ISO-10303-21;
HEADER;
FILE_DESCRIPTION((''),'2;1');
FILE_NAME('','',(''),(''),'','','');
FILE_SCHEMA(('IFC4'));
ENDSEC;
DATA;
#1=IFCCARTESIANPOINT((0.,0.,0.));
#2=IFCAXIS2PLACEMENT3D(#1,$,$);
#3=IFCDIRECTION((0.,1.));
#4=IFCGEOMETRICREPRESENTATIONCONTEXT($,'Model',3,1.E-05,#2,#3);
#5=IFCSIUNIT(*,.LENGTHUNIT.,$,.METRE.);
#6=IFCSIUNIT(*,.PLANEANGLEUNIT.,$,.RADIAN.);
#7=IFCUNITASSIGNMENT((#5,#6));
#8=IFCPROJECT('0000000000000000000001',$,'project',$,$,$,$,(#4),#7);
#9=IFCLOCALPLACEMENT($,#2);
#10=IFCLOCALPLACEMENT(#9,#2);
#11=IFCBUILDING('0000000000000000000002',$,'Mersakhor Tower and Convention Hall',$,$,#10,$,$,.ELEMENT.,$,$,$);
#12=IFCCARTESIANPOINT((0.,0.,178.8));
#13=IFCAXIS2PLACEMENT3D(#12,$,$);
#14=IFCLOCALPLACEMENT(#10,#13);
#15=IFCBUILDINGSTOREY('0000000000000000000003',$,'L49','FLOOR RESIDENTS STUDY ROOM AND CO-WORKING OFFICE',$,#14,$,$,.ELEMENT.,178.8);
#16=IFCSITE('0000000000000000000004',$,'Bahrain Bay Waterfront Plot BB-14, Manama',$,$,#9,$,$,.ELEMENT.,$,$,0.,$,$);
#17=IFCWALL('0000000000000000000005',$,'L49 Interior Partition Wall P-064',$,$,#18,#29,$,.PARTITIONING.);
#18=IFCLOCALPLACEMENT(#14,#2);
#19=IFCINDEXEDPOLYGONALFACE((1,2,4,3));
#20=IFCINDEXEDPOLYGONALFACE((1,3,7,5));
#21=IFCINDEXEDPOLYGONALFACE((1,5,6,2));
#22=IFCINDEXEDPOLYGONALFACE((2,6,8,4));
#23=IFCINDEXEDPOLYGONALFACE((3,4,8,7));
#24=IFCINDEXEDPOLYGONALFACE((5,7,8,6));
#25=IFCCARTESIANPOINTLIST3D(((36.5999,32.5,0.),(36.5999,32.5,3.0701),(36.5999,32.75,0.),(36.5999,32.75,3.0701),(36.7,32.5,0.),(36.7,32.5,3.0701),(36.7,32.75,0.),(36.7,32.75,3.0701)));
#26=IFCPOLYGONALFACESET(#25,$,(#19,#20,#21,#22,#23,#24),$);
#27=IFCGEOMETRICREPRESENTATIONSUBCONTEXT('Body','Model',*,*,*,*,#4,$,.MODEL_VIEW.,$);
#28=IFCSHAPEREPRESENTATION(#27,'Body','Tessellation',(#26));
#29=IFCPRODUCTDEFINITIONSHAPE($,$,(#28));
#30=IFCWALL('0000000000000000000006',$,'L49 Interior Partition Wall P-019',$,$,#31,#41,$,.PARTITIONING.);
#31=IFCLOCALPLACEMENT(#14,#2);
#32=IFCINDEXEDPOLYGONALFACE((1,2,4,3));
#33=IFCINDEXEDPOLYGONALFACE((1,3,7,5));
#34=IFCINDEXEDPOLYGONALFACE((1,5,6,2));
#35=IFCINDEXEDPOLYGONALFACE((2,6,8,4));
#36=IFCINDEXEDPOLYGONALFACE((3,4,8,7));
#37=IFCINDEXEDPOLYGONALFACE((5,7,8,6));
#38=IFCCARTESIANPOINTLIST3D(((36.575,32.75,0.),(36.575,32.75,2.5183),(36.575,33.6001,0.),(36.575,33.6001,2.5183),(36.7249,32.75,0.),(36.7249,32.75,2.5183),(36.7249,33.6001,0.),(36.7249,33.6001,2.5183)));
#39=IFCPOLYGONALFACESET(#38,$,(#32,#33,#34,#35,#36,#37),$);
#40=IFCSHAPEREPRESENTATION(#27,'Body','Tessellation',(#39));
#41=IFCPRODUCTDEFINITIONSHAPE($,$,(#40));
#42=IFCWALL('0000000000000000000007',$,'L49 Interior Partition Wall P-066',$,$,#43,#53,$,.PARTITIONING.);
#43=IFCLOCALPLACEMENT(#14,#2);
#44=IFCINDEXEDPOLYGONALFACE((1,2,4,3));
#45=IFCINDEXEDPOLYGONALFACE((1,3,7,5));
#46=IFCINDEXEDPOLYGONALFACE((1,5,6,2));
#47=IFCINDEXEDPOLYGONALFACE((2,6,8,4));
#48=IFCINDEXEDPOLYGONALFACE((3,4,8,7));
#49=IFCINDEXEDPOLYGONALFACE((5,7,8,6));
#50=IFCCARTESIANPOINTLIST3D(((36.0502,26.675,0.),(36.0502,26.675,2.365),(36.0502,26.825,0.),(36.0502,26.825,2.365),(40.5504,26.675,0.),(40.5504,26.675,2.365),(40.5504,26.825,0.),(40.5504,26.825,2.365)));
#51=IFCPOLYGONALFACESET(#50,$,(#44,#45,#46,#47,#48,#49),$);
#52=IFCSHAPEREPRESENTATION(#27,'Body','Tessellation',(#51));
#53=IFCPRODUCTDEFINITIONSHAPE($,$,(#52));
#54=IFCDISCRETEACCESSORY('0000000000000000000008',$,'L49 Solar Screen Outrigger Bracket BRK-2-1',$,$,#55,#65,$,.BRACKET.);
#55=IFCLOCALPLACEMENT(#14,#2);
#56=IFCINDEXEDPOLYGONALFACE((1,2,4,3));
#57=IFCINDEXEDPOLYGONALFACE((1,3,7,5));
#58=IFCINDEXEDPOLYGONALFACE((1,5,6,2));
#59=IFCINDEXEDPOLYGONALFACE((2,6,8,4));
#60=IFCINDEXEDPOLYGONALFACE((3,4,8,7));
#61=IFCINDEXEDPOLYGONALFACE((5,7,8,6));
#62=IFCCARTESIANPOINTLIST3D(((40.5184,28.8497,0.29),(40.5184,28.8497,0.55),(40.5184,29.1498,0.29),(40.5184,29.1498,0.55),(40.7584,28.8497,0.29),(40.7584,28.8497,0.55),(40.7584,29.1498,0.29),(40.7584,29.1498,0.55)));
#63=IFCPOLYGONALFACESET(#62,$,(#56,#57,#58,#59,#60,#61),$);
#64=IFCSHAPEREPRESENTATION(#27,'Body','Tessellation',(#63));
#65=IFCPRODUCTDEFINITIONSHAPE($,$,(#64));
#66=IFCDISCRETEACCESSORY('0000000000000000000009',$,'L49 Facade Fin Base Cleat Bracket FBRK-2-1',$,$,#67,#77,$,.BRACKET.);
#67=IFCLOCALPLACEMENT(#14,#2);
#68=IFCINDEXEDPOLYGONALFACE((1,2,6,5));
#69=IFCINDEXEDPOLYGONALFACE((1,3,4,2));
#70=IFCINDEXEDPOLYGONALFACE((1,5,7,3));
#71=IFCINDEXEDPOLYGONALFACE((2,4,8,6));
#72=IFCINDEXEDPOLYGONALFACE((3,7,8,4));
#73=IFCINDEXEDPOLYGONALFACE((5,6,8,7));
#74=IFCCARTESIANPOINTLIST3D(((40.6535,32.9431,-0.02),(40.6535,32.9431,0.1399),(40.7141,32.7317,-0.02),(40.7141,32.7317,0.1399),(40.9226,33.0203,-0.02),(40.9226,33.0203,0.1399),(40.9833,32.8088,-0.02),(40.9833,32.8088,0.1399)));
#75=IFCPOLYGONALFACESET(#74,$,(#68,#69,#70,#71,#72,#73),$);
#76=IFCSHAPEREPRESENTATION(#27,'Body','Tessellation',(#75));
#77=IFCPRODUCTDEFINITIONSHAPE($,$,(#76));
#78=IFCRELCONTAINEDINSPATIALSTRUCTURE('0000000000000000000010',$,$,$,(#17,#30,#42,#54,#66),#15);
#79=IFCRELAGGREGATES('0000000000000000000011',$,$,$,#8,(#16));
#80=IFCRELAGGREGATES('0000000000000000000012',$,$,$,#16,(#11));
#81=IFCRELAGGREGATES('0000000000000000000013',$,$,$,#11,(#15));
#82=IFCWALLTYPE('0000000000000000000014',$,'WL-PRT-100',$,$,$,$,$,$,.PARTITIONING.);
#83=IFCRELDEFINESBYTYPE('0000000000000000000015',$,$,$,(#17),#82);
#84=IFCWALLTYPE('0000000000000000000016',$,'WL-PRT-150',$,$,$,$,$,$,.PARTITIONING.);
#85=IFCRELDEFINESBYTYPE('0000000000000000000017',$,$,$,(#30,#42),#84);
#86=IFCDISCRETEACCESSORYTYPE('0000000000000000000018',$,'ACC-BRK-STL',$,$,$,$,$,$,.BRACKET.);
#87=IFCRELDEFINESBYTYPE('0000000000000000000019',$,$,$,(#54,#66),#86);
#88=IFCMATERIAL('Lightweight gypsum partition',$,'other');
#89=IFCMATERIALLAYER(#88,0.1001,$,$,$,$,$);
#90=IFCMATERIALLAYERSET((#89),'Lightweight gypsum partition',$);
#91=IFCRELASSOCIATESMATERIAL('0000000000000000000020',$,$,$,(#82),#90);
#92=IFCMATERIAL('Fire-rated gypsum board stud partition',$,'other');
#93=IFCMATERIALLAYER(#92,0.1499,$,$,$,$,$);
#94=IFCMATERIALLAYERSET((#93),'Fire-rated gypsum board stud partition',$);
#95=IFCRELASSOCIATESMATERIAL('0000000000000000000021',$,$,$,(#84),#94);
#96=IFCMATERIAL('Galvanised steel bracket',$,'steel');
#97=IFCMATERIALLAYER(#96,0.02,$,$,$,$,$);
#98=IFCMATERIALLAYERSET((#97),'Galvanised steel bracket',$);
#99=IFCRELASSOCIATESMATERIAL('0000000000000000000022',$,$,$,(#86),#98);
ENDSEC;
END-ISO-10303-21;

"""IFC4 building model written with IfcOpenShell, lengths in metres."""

from ifc_helpers import new_model, si_unit, direction, frame, frame_2d, origin, origin_2d, place, context, subcontext, project, spatial, rectangle, extrude, material, layer, layer_set, type_object, element, save


model = new_model("IFC4")

# Units and contexts
model_context = context("Model", 3, precision=1e-05, world=origin(), true_north=direction((0.0, 1.0)))
body_context = subcontext(model_context, "Body", "Model", "MODEL_VIEW")
ifc_project = project(units=[si_unit("LENGTHUNIT", "METRE"), si_unit("PLANEANGLEUNIT", "RADIAN")], contexts=[model_context])

# Site, building, storey
site_placement = place(None, origin())
site = spatial("IfcSite", under=ifc_project, at=site_placement, Name="Bahrain Bay Waterfront Plot BB-14, Manama", CompositionType="ELEMENT", RefElevation=0.0)
building_placement = place(site_placement, origin())
building = spatial("IfcBuilding", under=site, at=building_placement, Name="Mersakhor Tower and Convention Hall", CompositionType="ELEMENT")
storey_placement = place(building_placement, frame((0.0, 0.0, 178.8)))
storey = spatial("IfcBuildingStorey", under=building, at=storey_placement, Name="L49", Description="FLOOR RESIDENTS STUDY ROOM AND CO-WORKING OFFICE", CompositionType="ELEMENT", Elevation=178.8)

# Wall
ifc_material_1 = material(Name="Lightweight gypsum partition", Category="other")
ifc_layer_1 = layer(ifc_material_1, 0.1001)
ifc_layer_set_1 = layer_set([ifc_layer_1], Name="Lightweight gypsum partition")
wall_type_1 = type_object("IfcWallType", Name="WL-PRT-100", PredefinedType="PARTITIONING", material=ifc_layer_set_1)
wall_1_placement = place(storey_placement, frame((36.6499, 32.5, 0.0), z_axis=(0.0, 0.0, 1.0), x_axis=(0.0, 1.0, 0.0)))
element("IfcWall", 1, at=wall_1_placement, inside=storey, type_object=wall_type_1, Name="L49 Interior Partition Wall P-064", PredefinedType="PARTITIONING", context=body_context, shape_type="SweptSolid", body=[
    extrude(rectangle(XDim=0.25, YDim=0.1001, at=frame_2d((0.125, 0.0))), origin(), (0.0, 0.0, 1.0), 3.0701),
])

# Shared definitions
ifc_material_2 = material(Name="Fire-rated gypsum board stud partition", Category="other")
ifc_layer_2 = layer(ifc_material_2, 0.1499)
ifc_layer_set_2 = layer_set([ifc_layer_2], Name="Fire-rated gypsum board stud partition")
wall_type_2 = type_object("IfcWallType", Name="WL-PRT-150", PredefinedType="PARTITIONING", material=ifc_layer_set_2)

# Walls
wall_2_placement = place(storey_placement, frame((36.6499, 32.75, 0.0), z_axis=(0.0, 0.0, 1.0), x_axis=(0.0, 1.0, 0.0)))
element("IfcWall", 2, at=wall_2_placement, inside=storey, type_object=wall_type_2, Name="L49 Interior Partition Wall P-019", PredefinedType="PARTITIONING", context=body_context, shape_type="SweptSolid", body=[
    extrude(rectangle(XDim=0.8501, YDim=0.1499, at=frame_2d((0.425, 0.0))), origin(), (0.0, 0.0, 1.0), 2.5183),
])
wall_3_placement = place(storey_placement, frame((40.5503, 26.75, 0.0), z_axis=(0.0, 0.0, 1.0), x_axis=(-1.0, 0.0, 0.0)))
element("IfcWall", 3, at=wall_3_placement, inside=storey, type_object=wall_type_2, Name="L49 Interior Partition Wall P-066", PredefinedType="PARTITIONING", context=body_context, shape_type="SweptSolid", body=[
    extrude(rectangle(XDim=4.5002, YDim=0.1499, at=frame_2d((2.25, 0.0))), origin(), (0.0, 0.0, 1.0), 2.365),
])

# Discrete accessories
ifc_material_3 = material(Name="Galvanised steel bracket", Category="steel")
ifc_layer_3 = layer(ifc_material_3, 0.02)
ifc_layer_set_3 = layer_set([ifc_layer_3], Name="Galvanised steel bracket")
discrete_accessory_type = type_object("IfcDiscreteAccessoryType", Name="ACC-BRK-STL", PredefinedType="BRACKET", material=ifc_layer_set_3)
discrete_accessory_1_placement = place(storey_placement, frame((40.6384, 28.9998, 0.29), z_axis=(0.0, 0.0, 1.0), x_axis=(0.0, -1.0, 0.0)))
element("IfcDiscreteAccessory", 4, at=discrete_accessory_1_placement, inside=storey, type_object=discrete_accessory_type, Name="L49 Solar Screen Outrigger Bracket BRK-2-1", PredefinedType="BRACKET", context=body_context, shape_type="SweptSolid", body=[
    extrude(rectangle(XDim=0.3, YDim=0.24, at=origin_2d()), origin(), (0.0, 0.0, 1.0), 0.26),
])
discrete_accessory_2_placement = place(storey_placement, frame((40.8184, 32.876, -0.02), z_axis=(0.0, 0.0, 1.0), x_axis=(0.961262, 0.275637, 0.0)))
element("IfcDiscreteAccessory", 5, at=discrete_accessory_2_placement, inside=storey, type_object=discrete_accessory_type, Name="L49 Facade Fin Base Cleat Bracket FBRK-2-1", PredefinedType="BRACKET", context=body_context, shape_type="SweptSolid", body=[
    extrude(rectangle(XDim=0.28, YDim=0.22, at=origin_2d()), origin(), (0.0, 0.0, 1.0), 0.1599),
])

save(model, "model.ifc")
